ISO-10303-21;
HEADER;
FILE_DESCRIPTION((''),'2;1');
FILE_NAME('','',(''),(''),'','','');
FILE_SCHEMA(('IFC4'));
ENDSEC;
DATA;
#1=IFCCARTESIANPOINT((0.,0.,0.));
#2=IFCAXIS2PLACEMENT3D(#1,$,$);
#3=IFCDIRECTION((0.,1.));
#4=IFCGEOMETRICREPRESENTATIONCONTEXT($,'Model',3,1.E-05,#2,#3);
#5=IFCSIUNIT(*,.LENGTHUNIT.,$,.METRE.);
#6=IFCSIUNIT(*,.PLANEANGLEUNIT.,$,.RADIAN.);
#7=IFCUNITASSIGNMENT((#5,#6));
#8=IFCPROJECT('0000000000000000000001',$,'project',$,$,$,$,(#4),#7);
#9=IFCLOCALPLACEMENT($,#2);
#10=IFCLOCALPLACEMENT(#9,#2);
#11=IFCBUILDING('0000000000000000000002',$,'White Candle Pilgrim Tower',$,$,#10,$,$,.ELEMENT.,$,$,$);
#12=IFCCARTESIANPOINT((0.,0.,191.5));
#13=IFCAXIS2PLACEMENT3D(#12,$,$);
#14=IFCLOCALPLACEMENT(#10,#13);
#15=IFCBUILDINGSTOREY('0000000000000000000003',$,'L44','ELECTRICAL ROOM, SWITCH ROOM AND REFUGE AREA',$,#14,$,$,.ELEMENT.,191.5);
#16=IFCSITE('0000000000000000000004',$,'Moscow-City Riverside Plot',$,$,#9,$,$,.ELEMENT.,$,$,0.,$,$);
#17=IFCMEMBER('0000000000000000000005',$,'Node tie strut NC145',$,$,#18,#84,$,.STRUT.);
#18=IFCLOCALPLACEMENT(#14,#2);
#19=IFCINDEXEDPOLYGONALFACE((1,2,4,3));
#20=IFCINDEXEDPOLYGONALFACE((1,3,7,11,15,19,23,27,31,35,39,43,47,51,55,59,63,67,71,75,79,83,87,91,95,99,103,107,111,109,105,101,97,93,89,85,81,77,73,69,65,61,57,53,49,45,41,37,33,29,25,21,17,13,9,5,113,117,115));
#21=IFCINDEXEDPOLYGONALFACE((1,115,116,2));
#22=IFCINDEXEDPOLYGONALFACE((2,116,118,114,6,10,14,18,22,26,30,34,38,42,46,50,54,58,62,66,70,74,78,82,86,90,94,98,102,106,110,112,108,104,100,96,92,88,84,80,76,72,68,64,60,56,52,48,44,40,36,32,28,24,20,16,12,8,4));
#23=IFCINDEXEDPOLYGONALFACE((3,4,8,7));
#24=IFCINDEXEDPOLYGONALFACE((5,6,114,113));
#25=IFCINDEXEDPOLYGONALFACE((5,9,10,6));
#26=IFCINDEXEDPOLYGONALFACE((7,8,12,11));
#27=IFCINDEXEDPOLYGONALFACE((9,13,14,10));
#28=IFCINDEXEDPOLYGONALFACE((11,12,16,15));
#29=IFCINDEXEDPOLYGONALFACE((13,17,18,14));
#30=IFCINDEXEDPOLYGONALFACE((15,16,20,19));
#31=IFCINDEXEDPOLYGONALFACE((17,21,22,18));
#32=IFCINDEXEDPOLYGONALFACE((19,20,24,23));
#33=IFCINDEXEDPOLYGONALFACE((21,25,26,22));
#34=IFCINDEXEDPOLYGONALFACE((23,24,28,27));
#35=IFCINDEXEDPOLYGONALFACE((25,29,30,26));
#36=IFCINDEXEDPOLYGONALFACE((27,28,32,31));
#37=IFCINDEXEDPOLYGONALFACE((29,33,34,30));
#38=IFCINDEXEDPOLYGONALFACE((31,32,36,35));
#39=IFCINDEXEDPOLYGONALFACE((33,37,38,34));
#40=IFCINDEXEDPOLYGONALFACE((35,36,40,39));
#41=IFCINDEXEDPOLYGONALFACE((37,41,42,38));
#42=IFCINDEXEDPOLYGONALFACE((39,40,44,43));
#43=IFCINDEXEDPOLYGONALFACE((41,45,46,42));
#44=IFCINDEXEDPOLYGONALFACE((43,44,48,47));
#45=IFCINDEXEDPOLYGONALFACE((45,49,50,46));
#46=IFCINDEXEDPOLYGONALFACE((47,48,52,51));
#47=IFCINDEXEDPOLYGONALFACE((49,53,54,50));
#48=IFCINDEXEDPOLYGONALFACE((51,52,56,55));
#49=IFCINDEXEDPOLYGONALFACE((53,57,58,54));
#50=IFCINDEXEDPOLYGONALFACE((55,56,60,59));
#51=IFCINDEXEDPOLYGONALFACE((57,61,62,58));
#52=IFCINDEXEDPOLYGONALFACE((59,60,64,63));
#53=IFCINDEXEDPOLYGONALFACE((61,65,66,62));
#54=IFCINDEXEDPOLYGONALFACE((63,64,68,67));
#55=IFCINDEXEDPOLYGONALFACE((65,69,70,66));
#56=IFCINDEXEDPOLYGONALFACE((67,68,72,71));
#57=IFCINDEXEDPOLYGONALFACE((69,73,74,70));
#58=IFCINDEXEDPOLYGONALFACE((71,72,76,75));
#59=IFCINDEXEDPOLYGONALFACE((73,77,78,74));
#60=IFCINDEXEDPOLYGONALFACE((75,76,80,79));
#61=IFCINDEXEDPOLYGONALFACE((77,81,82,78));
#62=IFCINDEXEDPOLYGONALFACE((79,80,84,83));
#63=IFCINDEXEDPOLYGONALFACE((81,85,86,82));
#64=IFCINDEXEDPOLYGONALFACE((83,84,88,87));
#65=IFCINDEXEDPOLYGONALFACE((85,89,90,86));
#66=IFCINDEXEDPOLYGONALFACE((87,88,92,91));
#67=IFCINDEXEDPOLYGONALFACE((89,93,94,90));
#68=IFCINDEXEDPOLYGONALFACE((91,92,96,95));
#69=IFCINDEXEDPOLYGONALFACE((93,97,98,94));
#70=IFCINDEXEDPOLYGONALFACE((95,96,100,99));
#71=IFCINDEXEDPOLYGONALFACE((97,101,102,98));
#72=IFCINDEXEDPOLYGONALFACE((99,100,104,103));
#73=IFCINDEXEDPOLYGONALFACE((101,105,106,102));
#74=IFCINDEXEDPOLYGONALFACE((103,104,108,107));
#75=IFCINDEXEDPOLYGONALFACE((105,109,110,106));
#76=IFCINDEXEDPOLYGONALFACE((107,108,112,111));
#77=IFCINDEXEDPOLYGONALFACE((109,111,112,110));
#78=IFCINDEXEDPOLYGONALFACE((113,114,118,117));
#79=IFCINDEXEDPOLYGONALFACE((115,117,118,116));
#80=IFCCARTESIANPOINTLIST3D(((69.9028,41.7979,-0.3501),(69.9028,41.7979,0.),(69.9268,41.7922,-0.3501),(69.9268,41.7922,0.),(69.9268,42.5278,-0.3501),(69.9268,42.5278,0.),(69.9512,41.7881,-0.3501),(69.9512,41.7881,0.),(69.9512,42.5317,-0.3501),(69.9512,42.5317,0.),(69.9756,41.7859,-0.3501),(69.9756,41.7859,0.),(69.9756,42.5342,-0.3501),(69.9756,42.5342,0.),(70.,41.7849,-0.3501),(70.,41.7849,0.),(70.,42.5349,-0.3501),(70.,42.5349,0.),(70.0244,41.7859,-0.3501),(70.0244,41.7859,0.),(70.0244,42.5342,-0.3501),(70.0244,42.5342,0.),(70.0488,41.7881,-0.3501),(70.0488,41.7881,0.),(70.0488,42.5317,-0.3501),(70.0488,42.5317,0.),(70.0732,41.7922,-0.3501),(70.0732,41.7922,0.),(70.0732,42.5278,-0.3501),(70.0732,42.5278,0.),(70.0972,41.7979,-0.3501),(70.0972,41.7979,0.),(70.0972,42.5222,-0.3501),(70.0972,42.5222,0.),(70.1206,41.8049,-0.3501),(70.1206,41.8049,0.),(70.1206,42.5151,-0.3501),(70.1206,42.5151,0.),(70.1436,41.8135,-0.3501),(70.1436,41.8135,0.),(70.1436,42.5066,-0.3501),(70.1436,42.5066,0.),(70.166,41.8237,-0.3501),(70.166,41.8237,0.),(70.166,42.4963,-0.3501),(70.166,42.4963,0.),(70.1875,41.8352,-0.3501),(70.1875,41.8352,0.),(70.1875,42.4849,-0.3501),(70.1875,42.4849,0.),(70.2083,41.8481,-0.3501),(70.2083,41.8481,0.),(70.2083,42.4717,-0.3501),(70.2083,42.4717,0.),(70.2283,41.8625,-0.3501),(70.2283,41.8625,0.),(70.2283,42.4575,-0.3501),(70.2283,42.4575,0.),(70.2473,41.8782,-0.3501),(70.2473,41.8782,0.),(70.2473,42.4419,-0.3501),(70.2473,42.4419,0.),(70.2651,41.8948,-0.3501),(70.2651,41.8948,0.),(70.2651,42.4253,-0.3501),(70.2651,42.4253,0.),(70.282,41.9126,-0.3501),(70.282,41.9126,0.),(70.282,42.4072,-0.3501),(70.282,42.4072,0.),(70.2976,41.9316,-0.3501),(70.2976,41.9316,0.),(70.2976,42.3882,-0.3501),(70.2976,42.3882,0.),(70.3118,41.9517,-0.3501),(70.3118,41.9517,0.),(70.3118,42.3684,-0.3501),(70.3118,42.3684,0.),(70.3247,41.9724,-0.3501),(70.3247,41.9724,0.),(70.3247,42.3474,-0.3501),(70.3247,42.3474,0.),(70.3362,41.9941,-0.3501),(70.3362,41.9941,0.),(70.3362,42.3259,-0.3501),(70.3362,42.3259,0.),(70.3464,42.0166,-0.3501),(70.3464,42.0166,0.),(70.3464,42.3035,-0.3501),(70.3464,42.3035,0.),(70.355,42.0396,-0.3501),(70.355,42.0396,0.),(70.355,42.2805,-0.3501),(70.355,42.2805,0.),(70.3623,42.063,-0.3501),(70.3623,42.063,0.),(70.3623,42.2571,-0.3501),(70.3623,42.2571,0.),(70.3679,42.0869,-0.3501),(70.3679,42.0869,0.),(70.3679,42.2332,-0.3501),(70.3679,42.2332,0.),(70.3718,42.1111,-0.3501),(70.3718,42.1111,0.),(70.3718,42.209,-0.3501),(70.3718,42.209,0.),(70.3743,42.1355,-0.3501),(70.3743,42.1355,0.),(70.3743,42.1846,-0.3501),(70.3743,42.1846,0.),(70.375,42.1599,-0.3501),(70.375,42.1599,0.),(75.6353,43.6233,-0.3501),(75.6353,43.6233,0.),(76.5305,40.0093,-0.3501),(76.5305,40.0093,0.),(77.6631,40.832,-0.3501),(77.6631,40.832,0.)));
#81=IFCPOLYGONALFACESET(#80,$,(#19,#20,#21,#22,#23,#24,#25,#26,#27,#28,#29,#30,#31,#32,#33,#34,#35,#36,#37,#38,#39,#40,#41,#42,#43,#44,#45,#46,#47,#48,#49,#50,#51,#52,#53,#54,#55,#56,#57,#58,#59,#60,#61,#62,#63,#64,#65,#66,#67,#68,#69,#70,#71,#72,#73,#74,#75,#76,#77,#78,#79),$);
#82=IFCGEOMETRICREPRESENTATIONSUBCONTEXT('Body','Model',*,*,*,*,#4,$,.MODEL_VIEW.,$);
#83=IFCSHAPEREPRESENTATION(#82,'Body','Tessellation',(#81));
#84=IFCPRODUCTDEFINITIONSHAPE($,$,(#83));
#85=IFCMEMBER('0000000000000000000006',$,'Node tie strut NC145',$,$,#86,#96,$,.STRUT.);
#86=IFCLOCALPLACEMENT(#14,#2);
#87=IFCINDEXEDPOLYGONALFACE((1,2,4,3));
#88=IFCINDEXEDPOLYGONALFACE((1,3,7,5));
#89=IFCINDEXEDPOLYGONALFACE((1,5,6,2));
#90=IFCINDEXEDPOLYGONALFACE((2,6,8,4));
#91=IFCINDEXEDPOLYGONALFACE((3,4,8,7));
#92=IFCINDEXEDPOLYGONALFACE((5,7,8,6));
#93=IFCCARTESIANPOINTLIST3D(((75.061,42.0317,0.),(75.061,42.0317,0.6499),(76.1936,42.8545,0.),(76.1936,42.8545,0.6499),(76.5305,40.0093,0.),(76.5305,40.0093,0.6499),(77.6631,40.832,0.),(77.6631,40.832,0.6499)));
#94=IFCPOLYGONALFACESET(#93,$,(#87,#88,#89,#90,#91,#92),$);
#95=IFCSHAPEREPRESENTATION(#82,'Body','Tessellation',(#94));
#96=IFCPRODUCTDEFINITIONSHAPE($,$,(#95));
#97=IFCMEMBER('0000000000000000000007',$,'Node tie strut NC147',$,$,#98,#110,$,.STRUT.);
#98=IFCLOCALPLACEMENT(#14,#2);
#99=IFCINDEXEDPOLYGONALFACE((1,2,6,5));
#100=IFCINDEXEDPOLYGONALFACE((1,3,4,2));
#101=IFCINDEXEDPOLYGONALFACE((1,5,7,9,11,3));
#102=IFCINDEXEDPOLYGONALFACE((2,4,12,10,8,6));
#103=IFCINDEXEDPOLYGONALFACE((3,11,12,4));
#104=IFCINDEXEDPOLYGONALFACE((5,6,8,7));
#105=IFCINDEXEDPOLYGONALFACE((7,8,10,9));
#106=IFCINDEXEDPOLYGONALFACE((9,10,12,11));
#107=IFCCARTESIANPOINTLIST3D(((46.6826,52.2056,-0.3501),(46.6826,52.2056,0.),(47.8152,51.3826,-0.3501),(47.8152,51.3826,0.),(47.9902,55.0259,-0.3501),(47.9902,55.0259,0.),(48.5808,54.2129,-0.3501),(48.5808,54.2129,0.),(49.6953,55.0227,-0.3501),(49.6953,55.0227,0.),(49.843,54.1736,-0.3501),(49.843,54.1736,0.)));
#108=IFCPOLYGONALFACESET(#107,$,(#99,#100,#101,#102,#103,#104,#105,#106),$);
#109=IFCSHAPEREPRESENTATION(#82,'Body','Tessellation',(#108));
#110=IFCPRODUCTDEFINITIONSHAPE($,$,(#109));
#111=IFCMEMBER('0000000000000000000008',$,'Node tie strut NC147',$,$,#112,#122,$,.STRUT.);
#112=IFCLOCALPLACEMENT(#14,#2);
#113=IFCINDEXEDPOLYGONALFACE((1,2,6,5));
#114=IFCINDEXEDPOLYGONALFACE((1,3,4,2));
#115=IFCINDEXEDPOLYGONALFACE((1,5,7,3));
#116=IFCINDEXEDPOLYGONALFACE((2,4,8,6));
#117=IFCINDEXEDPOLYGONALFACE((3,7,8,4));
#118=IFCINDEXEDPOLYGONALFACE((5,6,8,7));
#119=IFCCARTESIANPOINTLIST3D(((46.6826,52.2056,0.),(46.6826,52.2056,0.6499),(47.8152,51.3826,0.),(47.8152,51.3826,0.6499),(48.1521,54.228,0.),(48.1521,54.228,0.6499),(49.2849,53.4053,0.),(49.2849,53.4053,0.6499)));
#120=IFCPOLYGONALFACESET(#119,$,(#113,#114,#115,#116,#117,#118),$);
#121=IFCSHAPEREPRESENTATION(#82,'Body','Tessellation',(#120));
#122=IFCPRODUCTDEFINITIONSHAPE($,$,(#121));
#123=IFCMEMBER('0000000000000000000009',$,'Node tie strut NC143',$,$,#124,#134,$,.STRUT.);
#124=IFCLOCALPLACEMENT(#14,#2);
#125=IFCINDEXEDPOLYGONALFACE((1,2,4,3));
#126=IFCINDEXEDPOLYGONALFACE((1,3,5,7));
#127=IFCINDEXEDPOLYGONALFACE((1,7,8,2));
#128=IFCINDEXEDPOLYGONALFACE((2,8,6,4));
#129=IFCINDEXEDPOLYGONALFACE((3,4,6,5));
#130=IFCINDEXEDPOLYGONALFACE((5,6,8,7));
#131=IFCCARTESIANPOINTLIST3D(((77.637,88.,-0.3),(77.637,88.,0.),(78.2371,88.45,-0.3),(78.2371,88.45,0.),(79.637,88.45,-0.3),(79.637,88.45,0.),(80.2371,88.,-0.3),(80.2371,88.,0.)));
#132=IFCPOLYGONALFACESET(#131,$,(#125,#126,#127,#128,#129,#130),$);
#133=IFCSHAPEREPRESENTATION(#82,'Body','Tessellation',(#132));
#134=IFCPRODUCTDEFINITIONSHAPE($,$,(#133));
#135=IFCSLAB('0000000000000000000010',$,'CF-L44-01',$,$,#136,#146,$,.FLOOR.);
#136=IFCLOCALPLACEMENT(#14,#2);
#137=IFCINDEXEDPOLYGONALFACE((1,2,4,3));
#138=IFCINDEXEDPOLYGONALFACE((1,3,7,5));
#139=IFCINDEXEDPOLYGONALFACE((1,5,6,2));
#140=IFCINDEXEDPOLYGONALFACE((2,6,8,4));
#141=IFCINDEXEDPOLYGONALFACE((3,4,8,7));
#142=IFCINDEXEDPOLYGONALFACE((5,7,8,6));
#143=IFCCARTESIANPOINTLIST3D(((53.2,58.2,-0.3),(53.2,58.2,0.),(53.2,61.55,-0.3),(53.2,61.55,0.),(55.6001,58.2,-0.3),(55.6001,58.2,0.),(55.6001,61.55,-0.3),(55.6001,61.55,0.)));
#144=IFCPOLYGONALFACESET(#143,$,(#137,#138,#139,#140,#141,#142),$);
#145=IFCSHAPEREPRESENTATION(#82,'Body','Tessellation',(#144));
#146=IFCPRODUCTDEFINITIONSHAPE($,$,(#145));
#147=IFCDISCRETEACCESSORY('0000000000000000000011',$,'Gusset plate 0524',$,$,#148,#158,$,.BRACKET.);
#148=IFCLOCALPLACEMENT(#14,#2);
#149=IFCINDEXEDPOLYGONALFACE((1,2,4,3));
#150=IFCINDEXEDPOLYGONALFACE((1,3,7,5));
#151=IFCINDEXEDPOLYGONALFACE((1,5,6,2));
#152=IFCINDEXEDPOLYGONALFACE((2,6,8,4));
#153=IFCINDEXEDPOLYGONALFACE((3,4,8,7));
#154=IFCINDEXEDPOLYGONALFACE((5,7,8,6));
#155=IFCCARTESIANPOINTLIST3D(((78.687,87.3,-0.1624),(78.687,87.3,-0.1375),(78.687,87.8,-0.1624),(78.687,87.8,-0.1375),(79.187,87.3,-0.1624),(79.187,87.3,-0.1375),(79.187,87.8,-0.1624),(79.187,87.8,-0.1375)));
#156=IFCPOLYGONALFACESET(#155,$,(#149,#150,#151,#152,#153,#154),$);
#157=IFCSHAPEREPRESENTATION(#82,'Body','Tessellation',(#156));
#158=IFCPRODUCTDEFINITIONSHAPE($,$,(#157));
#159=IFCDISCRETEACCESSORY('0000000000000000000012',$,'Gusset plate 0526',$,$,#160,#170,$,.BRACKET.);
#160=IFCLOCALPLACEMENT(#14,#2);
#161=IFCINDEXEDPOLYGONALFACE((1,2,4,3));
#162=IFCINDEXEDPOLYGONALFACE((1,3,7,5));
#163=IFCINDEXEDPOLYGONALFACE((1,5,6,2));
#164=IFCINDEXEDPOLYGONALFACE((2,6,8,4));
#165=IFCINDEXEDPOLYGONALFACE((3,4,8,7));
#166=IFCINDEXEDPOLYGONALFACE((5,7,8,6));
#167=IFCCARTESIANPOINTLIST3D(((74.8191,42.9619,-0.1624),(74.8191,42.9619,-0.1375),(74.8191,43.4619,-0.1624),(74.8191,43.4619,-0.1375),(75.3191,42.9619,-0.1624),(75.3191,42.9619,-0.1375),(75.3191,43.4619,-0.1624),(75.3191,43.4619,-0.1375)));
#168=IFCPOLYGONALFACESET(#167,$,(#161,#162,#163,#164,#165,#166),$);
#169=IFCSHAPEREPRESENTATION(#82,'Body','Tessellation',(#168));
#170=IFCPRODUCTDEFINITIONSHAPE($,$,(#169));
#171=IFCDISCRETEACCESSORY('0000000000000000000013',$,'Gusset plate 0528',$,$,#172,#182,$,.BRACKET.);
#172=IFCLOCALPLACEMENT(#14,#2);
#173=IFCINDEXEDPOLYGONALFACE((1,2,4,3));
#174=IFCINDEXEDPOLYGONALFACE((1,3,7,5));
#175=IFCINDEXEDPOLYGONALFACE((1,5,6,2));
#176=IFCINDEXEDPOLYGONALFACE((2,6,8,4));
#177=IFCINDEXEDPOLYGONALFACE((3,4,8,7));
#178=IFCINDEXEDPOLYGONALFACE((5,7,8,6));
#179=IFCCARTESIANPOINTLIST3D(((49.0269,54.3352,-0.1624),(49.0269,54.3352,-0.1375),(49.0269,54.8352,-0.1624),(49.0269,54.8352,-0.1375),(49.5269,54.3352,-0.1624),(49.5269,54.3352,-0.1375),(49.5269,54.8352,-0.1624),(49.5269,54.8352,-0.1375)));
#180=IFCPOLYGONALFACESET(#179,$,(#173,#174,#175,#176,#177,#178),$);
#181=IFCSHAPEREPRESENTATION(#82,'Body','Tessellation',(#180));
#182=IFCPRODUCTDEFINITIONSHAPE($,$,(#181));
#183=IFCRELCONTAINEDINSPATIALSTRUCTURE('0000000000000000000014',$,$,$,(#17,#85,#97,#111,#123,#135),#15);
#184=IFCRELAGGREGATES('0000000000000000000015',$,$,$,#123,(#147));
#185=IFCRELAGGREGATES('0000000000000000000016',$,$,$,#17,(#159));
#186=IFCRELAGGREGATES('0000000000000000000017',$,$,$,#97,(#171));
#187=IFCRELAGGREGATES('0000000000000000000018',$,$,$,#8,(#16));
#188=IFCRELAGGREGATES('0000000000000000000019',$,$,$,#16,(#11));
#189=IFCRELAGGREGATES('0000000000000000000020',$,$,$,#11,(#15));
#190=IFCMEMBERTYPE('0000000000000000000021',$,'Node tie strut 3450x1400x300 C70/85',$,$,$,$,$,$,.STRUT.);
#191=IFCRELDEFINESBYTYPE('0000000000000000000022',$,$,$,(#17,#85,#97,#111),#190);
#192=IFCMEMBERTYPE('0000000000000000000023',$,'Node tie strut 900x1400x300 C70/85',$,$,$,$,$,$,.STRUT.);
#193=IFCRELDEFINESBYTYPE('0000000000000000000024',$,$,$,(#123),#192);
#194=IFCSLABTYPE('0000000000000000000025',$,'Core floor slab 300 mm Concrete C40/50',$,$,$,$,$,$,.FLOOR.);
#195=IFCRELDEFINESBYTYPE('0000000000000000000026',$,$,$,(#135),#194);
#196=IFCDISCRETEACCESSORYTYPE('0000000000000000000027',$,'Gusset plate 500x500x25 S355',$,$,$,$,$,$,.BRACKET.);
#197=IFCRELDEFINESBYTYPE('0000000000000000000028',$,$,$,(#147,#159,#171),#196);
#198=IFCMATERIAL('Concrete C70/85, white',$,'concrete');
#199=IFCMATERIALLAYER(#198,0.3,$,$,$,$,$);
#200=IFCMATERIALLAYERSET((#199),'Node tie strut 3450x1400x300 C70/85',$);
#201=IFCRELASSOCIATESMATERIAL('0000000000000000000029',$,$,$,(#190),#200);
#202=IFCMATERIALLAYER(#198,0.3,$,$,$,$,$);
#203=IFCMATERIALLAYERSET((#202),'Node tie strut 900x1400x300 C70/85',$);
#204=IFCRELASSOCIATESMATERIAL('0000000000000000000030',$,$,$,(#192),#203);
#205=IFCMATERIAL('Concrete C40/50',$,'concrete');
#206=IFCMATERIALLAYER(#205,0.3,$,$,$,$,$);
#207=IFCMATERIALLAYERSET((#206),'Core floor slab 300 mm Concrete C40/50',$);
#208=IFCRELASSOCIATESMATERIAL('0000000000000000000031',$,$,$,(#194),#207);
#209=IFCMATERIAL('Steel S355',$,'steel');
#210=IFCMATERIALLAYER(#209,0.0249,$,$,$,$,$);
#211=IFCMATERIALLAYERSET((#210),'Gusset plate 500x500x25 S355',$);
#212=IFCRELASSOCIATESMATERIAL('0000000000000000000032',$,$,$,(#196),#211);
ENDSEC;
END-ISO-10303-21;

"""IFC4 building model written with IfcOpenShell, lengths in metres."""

from ifc_helpers import new_model, si_unit, direction, frame, origin, origin_2d, place, context, subcontext, project, spatial, polyline, rectangle, outline, extrude, material, layer, layer_set, type_object, element, aggregate, save


model = new_model("IFC4")

# Units and contexts
model_context = context("Model", 3, precision=1e-05, world=origin(), true_north=direction((0.0, 1.0)))
body_context = subcontext(model_context, "Body", "Model", "MODEL_VIEW")
ifc_project = project(units=[si_unit("LENGTHUNIT", "METRE"), si_unit("PLANEANGLEUNIT", "RADIAN")], contexts=[model_context])

# Site, building, storey
site_placement = place(None, origin())
site = spatial("IfcSite", under=ifc_project, at=site_placement, Name="Moscow-City Riverside Plot", CompositionType="ELEMENT", RefElevation=0.0)
building_placement = place(site_placement, origin())
building = spatial("IfcBuilding", under=site, at=building_placement, Name="White Candle Pilgrim Tower", CompositionType="ELEMENT")
storey_placement = place(building_placement, frame((0.0, 0.0, 191.5)))
storey = spatial("IfcBuildingStorey", under=building, at=storey_placement, Name="L44", Description="ELECTRICAL ROOM, SWITCH ROOM AND REFUGE AREA", CompositionType="ELEMENT", Elevation=191.5)

# Members
ifc_material_1 = material(Name="Concrete C70/85, white", Category="concrete")
ifc_layer_1 = layer(ifc_material_1, 0.3)
ifc_layer_set_1 = layer_set([ifc_layer_1], Name="Node tie strut 3450x1400x300 C70/85")
member_type_1 = type_object("IfcMemberType", Name="Node tie strut 3450x1400x300 C70/85", PredefinedType="STRUT", material=ifc_layer_set_1)
member_1_placement = place(storey_placement, frame((0.0, 0.0, -0.3501)))
member_1 = element("IfcMember", 1, at=member_1_placement, inside=storey, type_object=member_type_1, Name="Node tie strut NC145", PredefinedType="STRUT", context=body_context, shape_type="SweptSolid", body=[
    extrude(outline(polyline([(76.5305, 40.0093), (77.6631, 40.832), (75.6353, 43.6233), (69.9268, 42.5278), (69.9512, 42.5317), (69.9756, 42.5342), (70.0, 42.5349), (70.0244, 42.5342), (70.0488, 42.5317), (70.0732, 42.5278), (70.0972, 42.5222), (70.1206, 42.5151), (70.1436, 42.5066), (70.166, 42.4963), (70.1875, 42.4849), (70.2083, 42.4717), (70.2283, 42.4575), (70.2473, 42.4419), (70.2651, 42.4253), (70.282, 42.4072), (70.2976, 42.3882), (70.3118, 42.3684), (70.3247, 42.3474), (70.3362, 42.3259), (70.3464, 42.3035), (70.355, 42.2805), (70.3623, 42.2571), (70.3679, 42.2332), (70.3718, 42.209), (70.3743, 42.1846), (70.375, 42.1599), (70.3743, 42.1355), (70.3718, 42.1111), (70.3679, 42.0869), (70.3623, 42.063), (70.355, 42.0396), (70.3464, 42.0166), (70.3362, 41.9941), (70.3247, 41.9724), (70.3118, 41.9517), (70.2976, 41.9316), (70.282, 41.9126), (70.2651, 41.8948), (70.2473, 41.8782), (70.2283, 41.8625), (70.2083, 41.8481), (70.1875, 41.8352), (70.166, 41.8237), (70.1436, 41.8135), (70.1206, 41.8049), (70.0972, 41.7979), (70.0732, 41.7922), (70.0488, 41.7881), (70.0244, 41.7859), (70.0, 41.7849), (69.9756, 41.7859), (69.9512, 41.7881), (69.9268, 41.7922), (69.9028, 41.7979), (76.5305, 40.0093)])), origin(), (0.0, 0.0, 1.0), 0.3501),
])
member_2_placement = place(storey_placement, origin())
element("IfcMember", 2, at=member_2_placement, inside=storey, type_object=member_type_1, Name="Node tie strut NC145", PredefinedType="STRUT", context=body_context, shape_type="SweptSolid", body=[
    extrude(outline(polyline([(76.5305, 40.0093), (77.6631, 40.832), (76.1936, 42.8545), (75.061, 42.0317), (76.5305, 40.0093)])), origin(), (0.0, 0.0, 1.0), 0.6499),
])
member_3_placement = place(storey_placement, frame((0.0, 0.0, -0.3501)))
member_3 = element("IfcMember", 3, at=member_3_placement, inside=storey, type_object=member_type_1, Name="Node tie strut NC147", PredefinedType="STRUT", context=body_context, shape_type="SweptSolid", body=[
    extrude(outline(polyline([(47.8152, 51.3826), (49.843, 54.1736), (49.6953, 55.0227), (48.5808, 54.2129), (47.9902, 55.0259), (46.6826, 52.2056), (47.8152, 51.3826)])), origin(), (0.0, 0.0, 1.0), 0.3501),
])
member_4_placement = place(storey_placement, origin())
element("IfcMember", 4, at=member_4_placement, inside=storey, type_object=member_type_1, Name="Node tie strut NC147", PredefinedType="STRUT", context=body_context, shape_type="SweptSolid", body=[
    extrude(outline(polyline([(47.8152, 51.3826), (49.2849, 53.4053), (48.1521, 54.228), (46.6826, 52.2056), (47.8152, 51.3826)])), origin(), (0.0, 0.0, 1.0), 0.6499),
])
ifc_layer_2 = layer(ifc_material_1, 0.3)
ifc_layer_set_2 = layer_set([ifc_layer_2], Name="Node tie strut 900x1400x300 C70/85")
member_type_2 = type_object("IfcMemberType", Name="Node tie strut 900x1400x300 C70/85", PredefinedType="STRUT", material=ifc_layer_set_2)
member_5_placement = place(storey_placement, frame((0.0, 0.0, -0.3)))
member_5 = element("IfcMember", 5, at=member_5_placement, inside=storey, type_object=member_type_2, Name="Node tie strut NC143", PredefinedType="STRUT", context=body_context, shape_type="SweptSolid", body=[
    extrude(outline(polyline([(77.637, 88.0), (80.2371, 88.0), (79.637, 88.45), (78.2371, 88.45), (77.637, 88.0)])), origin(), (0.0, 0.0, 1.0), 0.3),
])

# Slab
ifc_material_2 = material(Name="Concrete C40/50", Category="concrete")
ifc_layer_3 = layer(ifc_material_2, 0.3)
ifc_layer_set_3 = layer_set([ifc_layer_3], Name="Core floor slab 300 mm Concrete C40/50")
slab_type_1 = type_object("IfcSlabType", Name="Core floor slab 300 mm Concrete C40/50", PredefinedType="FLOOR", material=ifc_layer_set_3)
slab_1_placement = place(storey_placement, frame((0.0, 0.0, -0.3)))
element("IfcSlab", 6, at=slab_1_placement, inside=storey, type_object=slab_type_1, Name="CF-L44-01", PredefinedType="FLOOR", context=body_context, shape_type="SweptSolid", body=[
    extrude(outline(polyline([(55.6001, 58.2), (53.2, 58.2), (53.2, 61.55), (55.6001, 61.55), (55.6001, 58.2)])), origin(), (0.0, 0.0, 1.0), 0.3),
])

# Discrete accessories
ifc_material_3 = material(Name="Steel S355", Category="steel")
ifc_layer_4 = layer(ifc_material_3, 0.0249)
ifc_layer_set_4 = layer_set([ifc_layer_4], Name="Gusset plate 500x500x25 S355")
discrete_accessory_type = type_object("IfcDiscreteAccessoryType", Name="Gusset plate 500x500x25 S355", PredefinedType="BRACKET", material=ifc_layer_set_4)
discrete_accessory_1_placement = place(storey_placement, frame((78.937, 87.55, -0.1624), z_axis=(0.0, 0.0, 1.0), x_axis=(1.0, 0.0, 0.0)))
discrete_accessory_1 = element("IfcDiscreteAccessory", 7, at=discrete_accessory_1_placement, type_object=discrete_accessory_type, Name="Gusset plate 0524", PredefinedType="BRACKET", context=body_context, shape_type="SweptSolid", body=[
    extrude(rectangle(XDim=0.5, YDim=0.5, at=origin_2d()), origin(), (0.0, 0.0, 1.0), 0.0249),
])
aggregate(member_5, [discrete_accessory_1])
discrete_accessory_2_placement = place(storey_placement, frame((75.0691, 43.2119, -0.1624), z_axis=(0.0, 0.0, 1.0), x_axis=(1.0, 0.0, 0.0)))
discrete_accessory_2 = element("IfcDiscreteAccessory", 8, at=discrete_accessory_2_placement, type_object=discrete_accessory_type, Name="Gusset plate 0526", PredefinedType="BRACKET", context=body_context, shape_type="SweptSolid", body=[
    extrude(rectangle(XDim=0.5, YDim=0.5, at=origin_2d()), origin(), (0.0, 0.0, 1.0), 0.0249),
])
aggregate(member_1, [discrete_accessory_2])
discrete_accessory_3_placement = place(storey_placement, frame((49.2769, 54.5852, -0.1624), z_axis=(0.0, 0.0, 1.0), x_axis=(1.0, 0.0, 0.0)))
discrete_accessory_3 = element("IfcDiscreteAccessory", 9, at=discrete_accessory_3_placement, type_object=discrete_accessory_type, Name="Gusset plate 0528", PredefinedType="BRACKET", context=body_context, shape_type="SweptSolid", body=[
    extrude(rectangle(XDim=0.5, YDim=0.5, at=origin_2d()), origin(), (0.0, 0.0, 1.0), 0.0249),
])
aggregate(member_3, [discrete_accessory_3])

save(model, "model.ifc")
